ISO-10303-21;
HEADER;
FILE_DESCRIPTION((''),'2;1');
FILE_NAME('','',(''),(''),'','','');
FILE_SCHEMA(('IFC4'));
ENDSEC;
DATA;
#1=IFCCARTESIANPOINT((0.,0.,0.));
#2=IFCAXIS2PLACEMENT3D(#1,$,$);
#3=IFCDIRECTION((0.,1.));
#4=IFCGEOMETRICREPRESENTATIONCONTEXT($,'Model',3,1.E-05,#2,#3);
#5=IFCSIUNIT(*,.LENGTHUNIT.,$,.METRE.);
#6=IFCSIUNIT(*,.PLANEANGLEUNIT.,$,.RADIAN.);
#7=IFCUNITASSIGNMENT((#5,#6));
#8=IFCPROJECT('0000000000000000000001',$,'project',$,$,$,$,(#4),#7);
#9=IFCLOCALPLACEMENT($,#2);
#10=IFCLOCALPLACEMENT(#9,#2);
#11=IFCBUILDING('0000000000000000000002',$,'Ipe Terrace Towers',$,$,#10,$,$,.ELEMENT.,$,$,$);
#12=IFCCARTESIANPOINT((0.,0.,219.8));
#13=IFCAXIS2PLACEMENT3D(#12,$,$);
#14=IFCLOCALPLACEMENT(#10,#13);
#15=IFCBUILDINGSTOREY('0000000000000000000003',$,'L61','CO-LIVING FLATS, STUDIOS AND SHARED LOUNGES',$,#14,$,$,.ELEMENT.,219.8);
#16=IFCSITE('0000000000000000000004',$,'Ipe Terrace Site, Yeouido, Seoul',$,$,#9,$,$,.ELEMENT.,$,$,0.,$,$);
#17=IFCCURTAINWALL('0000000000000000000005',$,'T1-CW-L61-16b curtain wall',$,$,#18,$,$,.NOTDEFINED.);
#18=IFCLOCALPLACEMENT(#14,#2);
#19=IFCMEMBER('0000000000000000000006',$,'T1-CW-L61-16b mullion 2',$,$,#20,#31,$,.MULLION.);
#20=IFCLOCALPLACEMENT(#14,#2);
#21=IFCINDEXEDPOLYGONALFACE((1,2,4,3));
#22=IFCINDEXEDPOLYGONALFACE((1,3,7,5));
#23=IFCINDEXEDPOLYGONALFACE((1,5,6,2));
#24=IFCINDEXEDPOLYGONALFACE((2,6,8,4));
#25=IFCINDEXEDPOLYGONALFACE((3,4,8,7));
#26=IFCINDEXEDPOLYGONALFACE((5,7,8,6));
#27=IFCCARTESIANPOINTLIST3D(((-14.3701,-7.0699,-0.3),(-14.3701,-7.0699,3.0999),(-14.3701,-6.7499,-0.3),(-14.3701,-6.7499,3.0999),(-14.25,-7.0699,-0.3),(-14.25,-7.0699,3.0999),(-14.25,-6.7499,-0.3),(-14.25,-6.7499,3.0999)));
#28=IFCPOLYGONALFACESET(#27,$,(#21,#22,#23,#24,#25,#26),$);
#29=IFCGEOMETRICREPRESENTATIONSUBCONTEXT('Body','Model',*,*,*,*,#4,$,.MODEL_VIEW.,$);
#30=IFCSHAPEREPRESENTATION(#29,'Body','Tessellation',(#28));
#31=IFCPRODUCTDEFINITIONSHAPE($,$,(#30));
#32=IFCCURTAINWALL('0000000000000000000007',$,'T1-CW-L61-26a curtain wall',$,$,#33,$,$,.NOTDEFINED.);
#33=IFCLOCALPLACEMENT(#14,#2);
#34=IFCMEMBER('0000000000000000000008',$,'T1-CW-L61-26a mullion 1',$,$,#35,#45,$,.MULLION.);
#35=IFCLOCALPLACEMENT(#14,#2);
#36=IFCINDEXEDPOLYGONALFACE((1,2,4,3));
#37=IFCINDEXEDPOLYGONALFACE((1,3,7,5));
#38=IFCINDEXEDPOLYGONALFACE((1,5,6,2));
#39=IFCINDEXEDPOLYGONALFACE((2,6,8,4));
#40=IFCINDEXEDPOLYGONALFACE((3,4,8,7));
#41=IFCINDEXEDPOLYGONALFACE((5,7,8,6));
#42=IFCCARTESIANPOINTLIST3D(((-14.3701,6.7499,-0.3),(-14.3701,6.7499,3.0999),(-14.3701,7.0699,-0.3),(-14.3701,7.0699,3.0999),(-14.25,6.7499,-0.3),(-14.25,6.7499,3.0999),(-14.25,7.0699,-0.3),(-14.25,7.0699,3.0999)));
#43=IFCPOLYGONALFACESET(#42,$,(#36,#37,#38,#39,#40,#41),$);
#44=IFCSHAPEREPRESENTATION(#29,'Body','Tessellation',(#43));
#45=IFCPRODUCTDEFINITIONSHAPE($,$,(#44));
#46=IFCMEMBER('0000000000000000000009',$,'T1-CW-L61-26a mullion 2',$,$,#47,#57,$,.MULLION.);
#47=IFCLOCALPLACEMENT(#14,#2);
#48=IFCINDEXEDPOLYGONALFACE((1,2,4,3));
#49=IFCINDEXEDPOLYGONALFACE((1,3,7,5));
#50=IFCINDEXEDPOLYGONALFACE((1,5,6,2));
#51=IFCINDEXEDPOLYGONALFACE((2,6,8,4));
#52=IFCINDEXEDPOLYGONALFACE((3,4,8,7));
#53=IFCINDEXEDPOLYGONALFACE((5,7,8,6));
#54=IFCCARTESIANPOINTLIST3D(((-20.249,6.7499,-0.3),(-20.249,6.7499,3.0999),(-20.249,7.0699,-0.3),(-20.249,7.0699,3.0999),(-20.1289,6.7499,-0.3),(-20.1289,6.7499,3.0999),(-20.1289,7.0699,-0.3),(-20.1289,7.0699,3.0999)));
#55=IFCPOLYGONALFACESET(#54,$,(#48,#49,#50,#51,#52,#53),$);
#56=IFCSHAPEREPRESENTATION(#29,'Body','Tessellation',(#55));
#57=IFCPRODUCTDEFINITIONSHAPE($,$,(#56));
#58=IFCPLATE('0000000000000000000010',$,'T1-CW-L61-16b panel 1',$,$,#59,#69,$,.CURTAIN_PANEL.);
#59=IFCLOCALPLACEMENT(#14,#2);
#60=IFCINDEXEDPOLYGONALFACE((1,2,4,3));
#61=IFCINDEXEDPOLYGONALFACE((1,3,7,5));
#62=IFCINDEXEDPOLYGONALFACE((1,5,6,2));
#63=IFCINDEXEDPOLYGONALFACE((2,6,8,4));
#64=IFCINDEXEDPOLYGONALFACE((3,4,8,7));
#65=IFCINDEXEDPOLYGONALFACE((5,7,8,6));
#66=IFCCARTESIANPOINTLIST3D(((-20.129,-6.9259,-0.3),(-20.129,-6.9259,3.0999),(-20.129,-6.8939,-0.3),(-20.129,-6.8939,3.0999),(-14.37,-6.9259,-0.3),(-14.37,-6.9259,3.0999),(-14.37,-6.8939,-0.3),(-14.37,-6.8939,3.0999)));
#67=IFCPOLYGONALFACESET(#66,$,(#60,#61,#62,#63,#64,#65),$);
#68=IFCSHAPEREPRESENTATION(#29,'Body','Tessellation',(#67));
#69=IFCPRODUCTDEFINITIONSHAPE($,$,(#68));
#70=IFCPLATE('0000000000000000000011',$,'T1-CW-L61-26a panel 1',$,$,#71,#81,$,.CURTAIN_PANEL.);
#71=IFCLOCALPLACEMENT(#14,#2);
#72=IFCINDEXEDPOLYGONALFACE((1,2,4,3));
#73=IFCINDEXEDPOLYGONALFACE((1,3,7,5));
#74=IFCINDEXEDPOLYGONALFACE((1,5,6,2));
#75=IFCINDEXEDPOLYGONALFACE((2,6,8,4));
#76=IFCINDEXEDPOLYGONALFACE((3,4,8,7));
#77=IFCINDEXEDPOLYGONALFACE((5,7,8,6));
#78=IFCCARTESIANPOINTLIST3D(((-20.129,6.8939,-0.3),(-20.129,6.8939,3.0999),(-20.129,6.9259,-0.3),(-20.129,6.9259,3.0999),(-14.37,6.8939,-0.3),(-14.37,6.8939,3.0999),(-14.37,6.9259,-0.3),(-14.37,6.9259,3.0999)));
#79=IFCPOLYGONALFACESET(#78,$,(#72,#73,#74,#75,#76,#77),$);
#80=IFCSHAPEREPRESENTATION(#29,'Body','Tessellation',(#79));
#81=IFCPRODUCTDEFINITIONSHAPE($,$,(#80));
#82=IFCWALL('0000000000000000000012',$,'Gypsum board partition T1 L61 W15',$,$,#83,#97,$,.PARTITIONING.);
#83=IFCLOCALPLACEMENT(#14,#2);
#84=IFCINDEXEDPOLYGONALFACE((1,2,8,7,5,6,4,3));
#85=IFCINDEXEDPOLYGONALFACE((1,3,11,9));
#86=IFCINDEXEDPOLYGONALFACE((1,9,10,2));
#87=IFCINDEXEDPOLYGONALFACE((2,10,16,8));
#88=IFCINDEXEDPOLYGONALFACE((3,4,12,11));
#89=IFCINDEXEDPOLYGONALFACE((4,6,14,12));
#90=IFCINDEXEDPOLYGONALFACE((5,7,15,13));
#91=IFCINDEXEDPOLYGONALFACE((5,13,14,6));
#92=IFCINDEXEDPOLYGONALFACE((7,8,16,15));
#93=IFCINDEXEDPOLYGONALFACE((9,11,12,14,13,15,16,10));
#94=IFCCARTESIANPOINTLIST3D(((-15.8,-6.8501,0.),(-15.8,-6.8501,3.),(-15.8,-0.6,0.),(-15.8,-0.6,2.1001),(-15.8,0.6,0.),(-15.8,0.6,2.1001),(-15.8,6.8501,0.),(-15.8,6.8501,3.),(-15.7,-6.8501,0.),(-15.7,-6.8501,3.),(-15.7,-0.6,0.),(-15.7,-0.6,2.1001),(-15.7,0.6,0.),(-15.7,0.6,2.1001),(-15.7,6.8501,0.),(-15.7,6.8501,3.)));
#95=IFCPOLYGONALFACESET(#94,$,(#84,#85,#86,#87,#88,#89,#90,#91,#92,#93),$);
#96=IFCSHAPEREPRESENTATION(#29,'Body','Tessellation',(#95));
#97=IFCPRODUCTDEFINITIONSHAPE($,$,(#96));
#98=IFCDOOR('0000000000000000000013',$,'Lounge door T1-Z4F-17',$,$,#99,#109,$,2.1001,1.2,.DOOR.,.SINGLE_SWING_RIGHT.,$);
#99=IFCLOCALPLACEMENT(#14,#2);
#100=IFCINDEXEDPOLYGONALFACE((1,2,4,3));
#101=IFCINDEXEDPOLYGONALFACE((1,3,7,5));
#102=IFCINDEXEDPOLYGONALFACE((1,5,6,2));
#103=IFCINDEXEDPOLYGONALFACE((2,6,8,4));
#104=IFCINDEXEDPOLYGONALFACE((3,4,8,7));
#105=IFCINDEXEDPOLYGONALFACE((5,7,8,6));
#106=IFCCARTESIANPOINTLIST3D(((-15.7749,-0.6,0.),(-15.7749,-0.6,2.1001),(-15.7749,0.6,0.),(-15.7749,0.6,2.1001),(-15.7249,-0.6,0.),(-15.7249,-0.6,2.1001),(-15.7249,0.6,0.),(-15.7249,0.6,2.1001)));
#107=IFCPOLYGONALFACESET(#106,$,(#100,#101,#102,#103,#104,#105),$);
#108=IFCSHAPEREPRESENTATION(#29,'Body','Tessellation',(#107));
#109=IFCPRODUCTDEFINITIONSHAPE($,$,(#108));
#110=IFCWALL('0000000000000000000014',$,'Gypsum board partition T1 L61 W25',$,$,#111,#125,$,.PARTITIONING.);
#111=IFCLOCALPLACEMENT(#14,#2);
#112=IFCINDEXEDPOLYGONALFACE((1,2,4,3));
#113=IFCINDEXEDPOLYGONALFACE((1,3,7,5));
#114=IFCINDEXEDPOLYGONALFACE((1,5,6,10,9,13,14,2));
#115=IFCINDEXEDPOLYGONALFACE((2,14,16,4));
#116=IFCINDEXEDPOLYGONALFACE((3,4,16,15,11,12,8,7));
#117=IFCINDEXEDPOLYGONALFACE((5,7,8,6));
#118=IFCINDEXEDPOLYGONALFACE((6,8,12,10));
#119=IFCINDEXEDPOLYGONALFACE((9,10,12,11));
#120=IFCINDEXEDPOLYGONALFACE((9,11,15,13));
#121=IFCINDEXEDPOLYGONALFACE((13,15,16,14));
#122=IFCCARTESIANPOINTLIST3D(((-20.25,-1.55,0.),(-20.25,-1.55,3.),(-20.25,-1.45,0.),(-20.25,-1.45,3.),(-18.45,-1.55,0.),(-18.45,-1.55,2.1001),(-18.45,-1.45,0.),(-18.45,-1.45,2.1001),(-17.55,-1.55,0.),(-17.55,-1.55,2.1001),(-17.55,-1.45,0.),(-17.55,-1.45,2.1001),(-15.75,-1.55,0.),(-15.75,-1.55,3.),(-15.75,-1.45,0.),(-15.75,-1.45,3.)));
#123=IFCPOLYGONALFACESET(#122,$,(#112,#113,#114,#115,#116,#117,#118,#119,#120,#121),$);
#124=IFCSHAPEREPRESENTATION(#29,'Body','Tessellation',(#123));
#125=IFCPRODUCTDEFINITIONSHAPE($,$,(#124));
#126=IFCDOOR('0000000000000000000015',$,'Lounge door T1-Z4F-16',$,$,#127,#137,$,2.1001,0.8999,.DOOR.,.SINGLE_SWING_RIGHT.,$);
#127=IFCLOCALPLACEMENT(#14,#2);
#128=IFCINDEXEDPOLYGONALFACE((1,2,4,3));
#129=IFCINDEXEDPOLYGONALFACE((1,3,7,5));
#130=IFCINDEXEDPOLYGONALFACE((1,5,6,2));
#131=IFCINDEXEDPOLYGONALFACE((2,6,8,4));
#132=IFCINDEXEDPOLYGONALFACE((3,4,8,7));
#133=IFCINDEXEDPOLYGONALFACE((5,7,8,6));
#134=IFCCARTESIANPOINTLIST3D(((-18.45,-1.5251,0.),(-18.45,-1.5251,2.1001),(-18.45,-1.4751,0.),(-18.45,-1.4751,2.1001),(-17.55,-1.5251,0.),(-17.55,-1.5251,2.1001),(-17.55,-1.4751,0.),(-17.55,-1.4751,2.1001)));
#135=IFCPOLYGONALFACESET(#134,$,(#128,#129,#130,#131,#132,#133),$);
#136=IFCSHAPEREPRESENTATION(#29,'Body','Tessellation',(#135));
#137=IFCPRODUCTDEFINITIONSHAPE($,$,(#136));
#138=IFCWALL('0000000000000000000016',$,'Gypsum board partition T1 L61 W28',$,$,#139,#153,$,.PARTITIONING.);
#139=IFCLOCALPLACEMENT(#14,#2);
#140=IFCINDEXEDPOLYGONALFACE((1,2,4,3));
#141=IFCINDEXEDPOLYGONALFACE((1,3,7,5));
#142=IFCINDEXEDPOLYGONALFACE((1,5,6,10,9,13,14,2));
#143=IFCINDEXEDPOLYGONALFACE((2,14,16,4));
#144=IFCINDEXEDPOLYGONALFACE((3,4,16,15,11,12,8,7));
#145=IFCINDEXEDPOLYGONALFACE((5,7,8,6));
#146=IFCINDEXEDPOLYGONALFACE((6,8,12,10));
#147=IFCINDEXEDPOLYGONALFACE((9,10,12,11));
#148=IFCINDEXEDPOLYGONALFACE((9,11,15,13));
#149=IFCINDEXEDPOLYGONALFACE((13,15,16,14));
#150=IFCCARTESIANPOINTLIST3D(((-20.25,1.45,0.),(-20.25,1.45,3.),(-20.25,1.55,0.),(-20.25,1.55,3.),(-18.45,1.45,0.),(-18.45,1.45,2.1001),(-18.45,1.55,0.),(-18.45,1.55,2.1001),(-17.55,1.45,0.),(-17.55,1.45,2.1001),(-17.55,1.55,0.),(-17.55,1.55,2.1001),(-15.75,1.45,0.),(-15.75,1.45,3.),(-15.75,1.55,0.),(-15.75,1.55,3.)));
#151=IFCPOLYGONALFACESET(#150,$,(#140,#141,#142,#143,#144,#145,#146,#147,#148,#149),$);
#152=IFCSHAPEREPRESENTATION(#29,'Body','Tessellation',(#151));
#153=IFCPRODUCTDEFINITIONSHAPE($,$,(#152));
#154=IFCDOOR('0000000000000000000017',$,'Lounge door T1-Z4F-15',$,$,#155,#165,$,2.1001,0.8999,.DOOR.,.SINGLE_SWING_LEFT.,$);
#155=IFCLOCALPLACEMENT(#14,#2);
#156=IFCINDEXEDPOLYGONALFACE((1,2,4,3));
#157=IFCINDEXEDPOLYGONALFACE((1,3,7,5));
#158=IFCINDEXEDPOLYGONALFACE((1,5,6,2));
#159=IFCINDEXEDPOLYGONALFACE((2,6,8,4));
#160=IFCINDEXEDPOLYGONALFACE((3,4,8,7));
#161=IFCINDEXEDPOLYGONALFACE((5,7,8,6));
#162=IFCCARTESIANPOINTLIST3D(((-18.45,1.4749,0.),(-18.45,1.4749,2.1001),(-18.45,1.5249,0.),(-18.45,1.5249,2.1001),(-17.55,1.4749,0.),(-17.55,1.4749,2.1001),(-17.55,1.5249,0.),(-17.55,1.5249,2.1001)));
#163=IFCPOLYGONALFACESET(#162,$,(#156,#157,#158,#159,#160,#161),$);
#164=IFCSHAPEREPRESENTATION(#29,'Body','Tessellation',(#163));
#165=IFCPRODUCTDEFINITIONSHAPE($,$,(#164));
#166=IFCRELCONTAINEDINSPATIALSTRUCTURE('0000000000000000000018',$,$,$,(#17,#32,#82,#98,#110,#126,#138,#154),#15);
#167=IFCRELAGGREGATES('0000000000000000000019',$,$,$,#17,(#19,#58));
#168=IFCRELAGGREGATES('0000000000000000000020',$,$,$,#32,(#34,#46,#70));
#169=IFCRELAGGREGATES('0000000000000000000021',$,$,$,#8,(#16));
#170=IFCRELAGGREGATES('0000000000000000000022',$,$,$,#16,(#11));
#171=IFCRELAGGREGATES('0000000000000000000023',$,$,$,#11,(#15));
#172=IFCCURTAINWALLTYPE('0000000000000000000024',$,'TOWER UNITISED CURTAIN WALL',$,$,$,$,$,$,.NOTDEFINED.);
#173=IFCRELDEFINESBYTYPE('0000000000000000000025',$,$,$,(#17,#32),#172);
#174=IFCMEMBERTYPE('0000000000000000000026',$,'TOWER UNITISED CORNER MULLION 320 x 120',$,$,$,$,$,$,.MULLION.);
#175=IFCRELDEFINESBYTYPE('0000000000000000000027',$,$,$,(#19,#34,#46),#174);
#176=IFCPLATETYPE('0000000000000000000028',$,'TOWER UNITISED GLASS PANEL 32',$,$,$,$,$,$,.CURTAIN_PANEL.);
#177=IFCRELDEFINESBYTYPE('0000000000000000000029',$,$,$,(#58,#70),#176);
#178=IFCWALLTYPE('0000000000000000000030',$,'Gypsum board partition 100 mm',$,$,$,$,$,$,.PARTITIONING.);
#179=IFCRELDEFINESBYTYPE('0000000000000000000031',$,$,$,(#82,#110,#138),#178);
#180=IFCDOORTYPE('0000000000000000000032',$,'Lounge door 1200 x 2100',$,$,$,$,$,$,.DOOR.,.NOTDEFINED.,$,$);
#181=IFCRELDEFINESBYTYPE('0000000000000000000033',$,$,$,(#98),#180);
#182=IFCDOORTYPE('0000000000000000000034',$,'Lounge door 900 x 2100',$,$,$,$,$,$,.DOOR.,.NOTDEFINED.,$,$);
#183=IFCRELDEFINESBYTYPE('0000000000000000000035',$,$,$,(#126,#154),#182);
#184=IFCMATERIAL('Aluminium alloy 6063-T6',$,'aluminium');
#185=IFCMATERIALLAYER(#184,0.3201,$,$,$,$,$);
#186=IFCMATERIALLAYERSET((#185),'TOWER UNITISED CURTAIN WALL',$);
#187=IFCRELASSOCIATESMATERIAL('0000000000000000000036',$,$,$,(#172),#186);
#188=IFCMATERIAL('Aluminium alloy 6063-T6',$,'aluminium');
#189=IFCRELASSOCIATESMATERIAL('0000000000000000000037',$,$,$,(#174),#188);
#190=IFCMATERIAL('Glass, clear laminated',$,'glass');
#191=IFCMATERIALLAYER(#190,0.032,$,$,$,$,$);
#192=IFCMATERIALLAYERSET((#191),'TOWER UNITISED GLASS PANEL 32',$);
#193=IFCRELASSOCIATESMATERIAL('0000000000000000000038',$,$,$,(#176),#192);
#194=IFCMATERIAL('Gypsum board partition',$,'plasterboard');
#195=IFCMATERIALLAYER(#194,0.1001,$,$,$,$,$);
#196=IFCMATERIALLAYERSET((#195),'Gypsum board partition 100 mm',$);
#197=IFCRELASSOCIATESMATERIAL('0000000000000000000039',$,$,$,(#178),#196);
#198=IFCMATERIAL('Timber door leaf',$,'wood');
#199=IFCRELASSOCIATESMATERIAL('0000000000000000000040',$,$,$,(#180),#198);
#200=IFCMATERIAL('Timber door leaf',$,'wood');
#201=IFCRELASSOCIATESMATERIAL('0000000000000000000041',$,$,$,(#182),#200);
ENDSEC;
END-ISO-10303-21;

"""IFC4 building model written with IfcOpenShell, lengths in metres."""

from ifc_helpers import new_model, si_unit, direction, frame, frame_2d, origin, origin_2d, place, context, subcontext, project, spatial, rectangle, extrude, material, layer, layer_set, material_profile, profile_set, type_object, element, fill, aggregate, save


model = new_model("IFC4")

# Units and contexts
model_context = context("Model", 3, precision=1e-05, world=origin(), true_north=direction((0.0, 1.0)))
body_context = subcontext(model_context, "Body", "Model", "MODEL_VIEW")
ifc_project = project(units=[si_unit("LENGTHUNIT", "METRE"), si_unit("PLANEANGLEUNIT", "RADIAN")], contexts=[model_context])

# Site, building, storey
site_placement = place(None, origin())
site = spatial("IfcSite", under=ifc_project, at=site_placement, Name="Ipe Terrace Site, Yeouido, Seoul", CompositionType="ELEMENT", RefElevation=0.0)
building_placement = place(site_placement, origin())
building = spatial("IfcBuilding", under=site, at=building_placement, Name="Ipe Terrace Towers", CompositionType="ELEMENT")
storey_placement = place(building_placement, frame((0.0, 0.0, 219.8)))
storey = spatial("IfcBuildingStorey", under=building, at=storey_placement, Name="L61", Description="CO-LIVING FLATS, STUDIOS AND SHARED LOUNGES", CompositionType="ELEMENT", Elevation=219.8)

# Curtain walls, members
ifc_material_1 = material(Name="Aluminium alloy 6063-T6", Category="aluminium")
ifc_layer_1 = layer(ifc_material_1, 0.3201)
ifc_layer_set_1 = layer_set([ifc_layer_1], Name="TOWER UNITISED CURTAIN WALL")
curtain_wall_type = type_object("IfcCurtainWallType", Name="TOWER UNITISED CURTAIN WALL", PredefinedType="NOTDEFINED", material=ifc_layer_set_1)
curtain_wall_1_placement = place(storey_placement, origin())
curtain_wall_1 = element("IfcCurtainWall", 1, at=curtain_wall_1_placement, inside=storey, type_object=curtain_wall_type, Name="T1-CW-L61-16b curtain wall", PredefinedType="NOTDEFINED")
ifc_material_2 = material(Name="Aluminium alloy 6063-T6", Category="aluminium")
ifc_material_profile_1 = material_profile(ifc_material_2, rectangle(XDim=0.3201, YDim=0.1201, at=origin_2d()), Name="TOWER UNITISED CORNER MULLION 320 x 120")
ifc_profile_set_1 = profile_set([ifc_material_profile_1], Name="Aluminium alloy 6063-T6")
member_type = type_object("IfcMemberType", Name="TOWER UNITISED CORNER MULLION 320 x 120", PredefinedType="MULLION", material=ifc_profile_set_1)
member_1_placement = place(storey_placement, frame((-14.3101, -6.9099, -0.3), z_axis=(0.0, 0.0, 1.0), x_axis=(0.0, -1.0, 0.0)))
member_1 = element("IfcMember", 2, at=member_1_placement, type_object=member_type, Name="T1-CW-L61-16b mullion 2", PredefinedType="MULLION", context=body_context, shape_type="SweptSolid", body=[
    extrude(rectangle(XDim=0.3201, YDim=0.1201, at=origin_2d()), origin(), (0.0, 0.0, 1.0), 3.3999),
])
curtain_wall_2_placement = place(storey_placement, origin())
curtain_wall_2 = element("IfcCurtainWall", 3, at=curtain_wall_2_placement, inside=storey, type_object=curtain_wall_type, Name="T1-CW-L61-26a curtain wall", PredefinedType="NOTDEFINED")
member_2_placement = place(storey_placement, frame((-14.3101, 6.9099, -0.3), z_axis=(0.0, 0.0, 1.0), x_axis=(0.0, 1.0, 0.0)))
member_2 = element("IfcMember", 4, at=member_2_placement, type_object=member_type, Name="T1-CW-L61-26a mullion 1", PredefinedType="MULLION", context=body_context, shape_type="SweptSolid", body=[
    extrude(rectangle(XDim=0.3201, YDim=0.1201, at=origin_2d()), origin(), (0.0, 0.0, 1.0), 3.3999),
])
member_3_placement = place(storey_placement, frame((-20.189, 6.9099, -0.3), z_axis=(0.0, 0.0, 1.0), x_axis=(0.0, 1.0, 0.0)))
member_3 = element("IfcMember", 5, at=member_3_placement, type_object=member_type, Name="T1-CW-L61-26a mullion 2", PredefinedType="MULLION", context=body_context, shape_type="SweptSolid", body=[
    extrude(rectangle(XDim=0.3201, YDim=0.1201, at=origin_2d()), origin(), (0.0, 0.0, 1.0), 3.3999),
])

# Plates
ifc_material_3 = material(Name="Glass, clear laminated", Category="glass")
ifc_layer_2 = layer(ifc_material_3, 0.032)
ifc_layer_set_2 = layer_set([ifc_layer_2], Name="TOWER UNITISED GLASS PANEL 32")
plate_type = type_object("IfcPlateType", Name="TOWER UNITISED GLASS PANEL 32", PredefinedType="CURTAIN_PANEL", material=ifc_layer_set_2)
plate_1_placement = place(storey_placement, frame((-17.2495, -6.9099, -0.3), z_axis=(0.0, 0.0, 1.0), x_axis=(1.0, 0.0, 0.0)))
plate_1 = element("IfcPlate", 6, at=plate_1_placement, type_object=plate_type, Name="T1-CW-L61-16b panel 1", PredefinedType="CURTAIN_PANEL", context=body_context, shape_type="SweptSolid", body=[
    extrude(rectangle(XDim=5.759, YDim=0.032, at=origin_2d()), origin(), (0.0, 0.0, 1.0), 3.3999),
])
aggregate(curtain_wall_1, [member_1, plate_1])
plate_2_placement = place(storey_placement, frame((-17.2495, 6.9099, -0.3), z_axis=(0.0, 0.0, 1.0), x_axis=(-1.0, 0.0, 0.0)))
plate_2 = element("IfcPlate", 7, at=plate_2_placement, type_object=plate_type, Name="T1-CW-L61-26a panel 1", PredefinedType="CURTAIN_PANEL", context=body_context, shape_type="SweptSolid", body=[
    extrude(rectangle(XDim=5.759, YDim=0.032, at=origin_2d()), origin(), (0.0, 0.0, 1.0), 3.3999),
])
aggregate(curtain_wall_2, [member_2, member_3, plate_2])

# Walls, openings, doors
ifc_material_4 = material(Name="Gypsum board partition", Category="plasterboard")
ifc_layer_3 = layer(ifc_material_4, 0.1001)
ifc_layer_set_3 = layer_set([ifc_layer_3], Name="Gypsum board partition 100 mm")
wall_type_1 = type_object("IfcWallType", Name="Gypsum board partition 100 mm", PredefinedType="PARTITIONING", material=ifc_layer_set_3)
wall_1_placement = place(storey_placement, frame((-15.75, -6.8501, 0.0), z_axis=(0.0, 0.0, 1.0), x_axis=(0.0, 1.0, 0.0)))
wall_1 = element("IfcWall", 8, at=wall_1_placement, inside=storey, type_object=wall_type_1, Name="Gypsum board partition T1 L61 W15", PredefinedType="PARTITIONING", context=body_context, shape_type="SweptSolid", body=[
    extrude(rectangle(XDim=13.7002, YDim=0.1001, at=frame_2d((6.8501, 0.0))), origin(), (0.0, 0.0, 1.0), 3.0),
])
opening_1_placement = place(wall_1_placement, frame((6.25, 0.0, 0.0)))
opening_1 = element("IfcOpeningElement", 9, at=opening_1_placement, cuts=wall_1, PredefinedType="OPENING", context=body_context, shape_type="SweptSolid", body=[
    extrude(rectangle(XDim=1.2, YDim=2.1001, at=frame_2d((0.6001, 1.05))), frame((0.0, 0.0601, 0.0), z_axis=(0.0, -1.0, 0.0), x_axis=(1.0, 0.0, 0.0)), (0.0, 0.0, 1.0), 0.1201),
])
ifc_material_5 = material(Name="Timber door leaf", Category="wood")
door_type_1 = type_object("IfcDoorType", Name="Lounge door 1200 x 2100", OperationType="NOTDEFINED", PredefinedType="DOOR", material=ifc_material_5)
door_1_placement = place(opening_1_placement, origin())
door_1 = element("IfcDoor", 10, at=door_1_placement, inside=storey, type_object=door_type_1, Name="Lounge door T1-Z4F-17", OperationType="SINGLE_SWING_RIGHT", OverallHeight=2.1001, OverallWidth=1.2, PredefinedType="DOOR", context=body_context, shape_type="SweptSolid", body=[
    extrude(rectangle(XDim=1.2, YDim=2.1001, at=frame_2d((0.6001, 1.05))), frame((0.0, 0.0249, 0.0), z_axis=(0.0, -1.0, 0.0), x_axis=(1.0, 0.0, 0.0)), (0.0, 0.0, 1.0), 0.05),
])
fill(opening_1, door_1)
wall_2_placement = place(storey_placement, frame((-20.25, -1.5, 0.0), z_axis=(0.0, 0.0, 1.0), x_axis=(1.0, 0.0, 0.0)))
wall_2 = element("IfcWall", 11, at=wall_2_placement, inside=storey, type_object=wall_type_1, Name="Gypsum board partition T1 L61 W25", PredefinedType="PARTITIONING", context=body_context, shape_type="SweptSolid", body=[
    extrude(rectangle(XDim=4.5, YDim=0.1001, at=frame_2d((2.25, 0.0))), origin(), (0.0, 0.0, 1.0), 3.0),
])
opening_2_placement = place(wall_2_placement, frame((1.8, 0.0, 0.0)))
opening_2 = element("IfcOpeningElement", 12, at=opening_2_placement, cuts=wall_2, PredefinedType="OPENING", context=body_context, shape_type="SweptSolid", body=[
    extrude(rectangle(XDim=0.8999, YDim=2.1001, at=frame_2d((0.45, 1.05))), frame((0.0, 0.0601, 0.0), z_axis=(0.0, -1.0, 0.0), x_axis=(1.0, 0.0, 0.0)), (0.0, 0.0, 1.0), 0.1201),
])
ifc_material_6 = material(Name="Timber door leaf", Category="wood")
door_type_2 = type_object("IfcDoorType", Name="Lounge door 900 x 2100", OperationType="NOTDEFINED", PredefinedType="DOOR", material=ifc_material_6)
door_2_placement = place(opening_2_placement, origin())
door_2 = element("IfcDoor", 13, at=door_2_placement, inside=storey, type_object=door_type_2, Name="Lounge door T1-Z4F-16", OperationType="SINGLE_SWING_RIGHT", OverallHeight=2.1001, OverallWidth=0.8999, PredefinedType="DOOR", context=body_context, shape_type="SweptSolid", body=[
    extrude(rectangle(XDim=0.8999, YDim=2.1001, at=frame_2d((0.45, 1.05))), frame((0.0, 0.0249, 0.0), z_axis=(0.0, -1.0, 0.0), x_axis=(1.0, 0.0, 0.0)), (0.0, 0.0, 1.0), 0.05),
])
fill(opening_2, door_2)
wall_3_placement = place(storey_placement, frame((-20.25, 1.5, 0.0), z_axis=(0.0, 0.0, 1.0), x_axis=(1.0, 0.0, 0.0)))
wall_3 = element("IfcWall", 14, at=wall_3_placement, inside=storey, type_object=wall_type_1, Name="Gypsum board partition T1 L61 W28", PredefinedType="PARTITIONING", context=body_context, shape_type="SweptSolid", body=[
    extrude(rectangle(XDim=4.5, YDim=0.1001, at=frame_2d((2.25, 0.0))), origin(), (0.0, 0.0, 1.0), 3.0),
])
opening_3_placement = place(wall_3_placement, frame((1.8, 0.0, 0.0)))
opening_3 = element("IfcOpeningElement", 15, at=opening_3_placement, cuts=wall_3, PredefinedType="OPENING", context=body_context, shape_type="SweptSolid", body=[
    extrude(rectangle(XDim=0.8999, YDim=2.1001, at=frame_2d((0.45, 1.05))), frame((0.0, 0.0601, 0.0), z_axis=(0.0, -1.0, 0.0), x_axis=(1.0, 0.0, 0.0)), (0.0, 0.0, 1.0), 0.1201),
])
door_3_placement = place(opening_3_placement, origin())
door_3 = element("IfcDoor", 16, at=door_3_placement, inside=storey, type_object=door_type_2, Name="Lounge door T1-Z4F-15", OperationType="SINGLE_SWING_LEFT", OverallHeight=2.1001, OverallWidth=0.8999, PredefinedType="DOOR", context=body_context, shape_type="SweptSolid", body=[
    extrude(rectangle(XDim=0.8999, YDim=2.1001, at=frame_2d((0.45, 1.05))), frame((0.0, 0.0249, 0.0), z_axis=(0.0, -1.0, 0.0), x_axis=(1.0, 0.0, 0.0)), (0.0, 0.0, 1.0), 0.05),
])
fill(opening_3, door_3)

save(model, "model.ifc")
